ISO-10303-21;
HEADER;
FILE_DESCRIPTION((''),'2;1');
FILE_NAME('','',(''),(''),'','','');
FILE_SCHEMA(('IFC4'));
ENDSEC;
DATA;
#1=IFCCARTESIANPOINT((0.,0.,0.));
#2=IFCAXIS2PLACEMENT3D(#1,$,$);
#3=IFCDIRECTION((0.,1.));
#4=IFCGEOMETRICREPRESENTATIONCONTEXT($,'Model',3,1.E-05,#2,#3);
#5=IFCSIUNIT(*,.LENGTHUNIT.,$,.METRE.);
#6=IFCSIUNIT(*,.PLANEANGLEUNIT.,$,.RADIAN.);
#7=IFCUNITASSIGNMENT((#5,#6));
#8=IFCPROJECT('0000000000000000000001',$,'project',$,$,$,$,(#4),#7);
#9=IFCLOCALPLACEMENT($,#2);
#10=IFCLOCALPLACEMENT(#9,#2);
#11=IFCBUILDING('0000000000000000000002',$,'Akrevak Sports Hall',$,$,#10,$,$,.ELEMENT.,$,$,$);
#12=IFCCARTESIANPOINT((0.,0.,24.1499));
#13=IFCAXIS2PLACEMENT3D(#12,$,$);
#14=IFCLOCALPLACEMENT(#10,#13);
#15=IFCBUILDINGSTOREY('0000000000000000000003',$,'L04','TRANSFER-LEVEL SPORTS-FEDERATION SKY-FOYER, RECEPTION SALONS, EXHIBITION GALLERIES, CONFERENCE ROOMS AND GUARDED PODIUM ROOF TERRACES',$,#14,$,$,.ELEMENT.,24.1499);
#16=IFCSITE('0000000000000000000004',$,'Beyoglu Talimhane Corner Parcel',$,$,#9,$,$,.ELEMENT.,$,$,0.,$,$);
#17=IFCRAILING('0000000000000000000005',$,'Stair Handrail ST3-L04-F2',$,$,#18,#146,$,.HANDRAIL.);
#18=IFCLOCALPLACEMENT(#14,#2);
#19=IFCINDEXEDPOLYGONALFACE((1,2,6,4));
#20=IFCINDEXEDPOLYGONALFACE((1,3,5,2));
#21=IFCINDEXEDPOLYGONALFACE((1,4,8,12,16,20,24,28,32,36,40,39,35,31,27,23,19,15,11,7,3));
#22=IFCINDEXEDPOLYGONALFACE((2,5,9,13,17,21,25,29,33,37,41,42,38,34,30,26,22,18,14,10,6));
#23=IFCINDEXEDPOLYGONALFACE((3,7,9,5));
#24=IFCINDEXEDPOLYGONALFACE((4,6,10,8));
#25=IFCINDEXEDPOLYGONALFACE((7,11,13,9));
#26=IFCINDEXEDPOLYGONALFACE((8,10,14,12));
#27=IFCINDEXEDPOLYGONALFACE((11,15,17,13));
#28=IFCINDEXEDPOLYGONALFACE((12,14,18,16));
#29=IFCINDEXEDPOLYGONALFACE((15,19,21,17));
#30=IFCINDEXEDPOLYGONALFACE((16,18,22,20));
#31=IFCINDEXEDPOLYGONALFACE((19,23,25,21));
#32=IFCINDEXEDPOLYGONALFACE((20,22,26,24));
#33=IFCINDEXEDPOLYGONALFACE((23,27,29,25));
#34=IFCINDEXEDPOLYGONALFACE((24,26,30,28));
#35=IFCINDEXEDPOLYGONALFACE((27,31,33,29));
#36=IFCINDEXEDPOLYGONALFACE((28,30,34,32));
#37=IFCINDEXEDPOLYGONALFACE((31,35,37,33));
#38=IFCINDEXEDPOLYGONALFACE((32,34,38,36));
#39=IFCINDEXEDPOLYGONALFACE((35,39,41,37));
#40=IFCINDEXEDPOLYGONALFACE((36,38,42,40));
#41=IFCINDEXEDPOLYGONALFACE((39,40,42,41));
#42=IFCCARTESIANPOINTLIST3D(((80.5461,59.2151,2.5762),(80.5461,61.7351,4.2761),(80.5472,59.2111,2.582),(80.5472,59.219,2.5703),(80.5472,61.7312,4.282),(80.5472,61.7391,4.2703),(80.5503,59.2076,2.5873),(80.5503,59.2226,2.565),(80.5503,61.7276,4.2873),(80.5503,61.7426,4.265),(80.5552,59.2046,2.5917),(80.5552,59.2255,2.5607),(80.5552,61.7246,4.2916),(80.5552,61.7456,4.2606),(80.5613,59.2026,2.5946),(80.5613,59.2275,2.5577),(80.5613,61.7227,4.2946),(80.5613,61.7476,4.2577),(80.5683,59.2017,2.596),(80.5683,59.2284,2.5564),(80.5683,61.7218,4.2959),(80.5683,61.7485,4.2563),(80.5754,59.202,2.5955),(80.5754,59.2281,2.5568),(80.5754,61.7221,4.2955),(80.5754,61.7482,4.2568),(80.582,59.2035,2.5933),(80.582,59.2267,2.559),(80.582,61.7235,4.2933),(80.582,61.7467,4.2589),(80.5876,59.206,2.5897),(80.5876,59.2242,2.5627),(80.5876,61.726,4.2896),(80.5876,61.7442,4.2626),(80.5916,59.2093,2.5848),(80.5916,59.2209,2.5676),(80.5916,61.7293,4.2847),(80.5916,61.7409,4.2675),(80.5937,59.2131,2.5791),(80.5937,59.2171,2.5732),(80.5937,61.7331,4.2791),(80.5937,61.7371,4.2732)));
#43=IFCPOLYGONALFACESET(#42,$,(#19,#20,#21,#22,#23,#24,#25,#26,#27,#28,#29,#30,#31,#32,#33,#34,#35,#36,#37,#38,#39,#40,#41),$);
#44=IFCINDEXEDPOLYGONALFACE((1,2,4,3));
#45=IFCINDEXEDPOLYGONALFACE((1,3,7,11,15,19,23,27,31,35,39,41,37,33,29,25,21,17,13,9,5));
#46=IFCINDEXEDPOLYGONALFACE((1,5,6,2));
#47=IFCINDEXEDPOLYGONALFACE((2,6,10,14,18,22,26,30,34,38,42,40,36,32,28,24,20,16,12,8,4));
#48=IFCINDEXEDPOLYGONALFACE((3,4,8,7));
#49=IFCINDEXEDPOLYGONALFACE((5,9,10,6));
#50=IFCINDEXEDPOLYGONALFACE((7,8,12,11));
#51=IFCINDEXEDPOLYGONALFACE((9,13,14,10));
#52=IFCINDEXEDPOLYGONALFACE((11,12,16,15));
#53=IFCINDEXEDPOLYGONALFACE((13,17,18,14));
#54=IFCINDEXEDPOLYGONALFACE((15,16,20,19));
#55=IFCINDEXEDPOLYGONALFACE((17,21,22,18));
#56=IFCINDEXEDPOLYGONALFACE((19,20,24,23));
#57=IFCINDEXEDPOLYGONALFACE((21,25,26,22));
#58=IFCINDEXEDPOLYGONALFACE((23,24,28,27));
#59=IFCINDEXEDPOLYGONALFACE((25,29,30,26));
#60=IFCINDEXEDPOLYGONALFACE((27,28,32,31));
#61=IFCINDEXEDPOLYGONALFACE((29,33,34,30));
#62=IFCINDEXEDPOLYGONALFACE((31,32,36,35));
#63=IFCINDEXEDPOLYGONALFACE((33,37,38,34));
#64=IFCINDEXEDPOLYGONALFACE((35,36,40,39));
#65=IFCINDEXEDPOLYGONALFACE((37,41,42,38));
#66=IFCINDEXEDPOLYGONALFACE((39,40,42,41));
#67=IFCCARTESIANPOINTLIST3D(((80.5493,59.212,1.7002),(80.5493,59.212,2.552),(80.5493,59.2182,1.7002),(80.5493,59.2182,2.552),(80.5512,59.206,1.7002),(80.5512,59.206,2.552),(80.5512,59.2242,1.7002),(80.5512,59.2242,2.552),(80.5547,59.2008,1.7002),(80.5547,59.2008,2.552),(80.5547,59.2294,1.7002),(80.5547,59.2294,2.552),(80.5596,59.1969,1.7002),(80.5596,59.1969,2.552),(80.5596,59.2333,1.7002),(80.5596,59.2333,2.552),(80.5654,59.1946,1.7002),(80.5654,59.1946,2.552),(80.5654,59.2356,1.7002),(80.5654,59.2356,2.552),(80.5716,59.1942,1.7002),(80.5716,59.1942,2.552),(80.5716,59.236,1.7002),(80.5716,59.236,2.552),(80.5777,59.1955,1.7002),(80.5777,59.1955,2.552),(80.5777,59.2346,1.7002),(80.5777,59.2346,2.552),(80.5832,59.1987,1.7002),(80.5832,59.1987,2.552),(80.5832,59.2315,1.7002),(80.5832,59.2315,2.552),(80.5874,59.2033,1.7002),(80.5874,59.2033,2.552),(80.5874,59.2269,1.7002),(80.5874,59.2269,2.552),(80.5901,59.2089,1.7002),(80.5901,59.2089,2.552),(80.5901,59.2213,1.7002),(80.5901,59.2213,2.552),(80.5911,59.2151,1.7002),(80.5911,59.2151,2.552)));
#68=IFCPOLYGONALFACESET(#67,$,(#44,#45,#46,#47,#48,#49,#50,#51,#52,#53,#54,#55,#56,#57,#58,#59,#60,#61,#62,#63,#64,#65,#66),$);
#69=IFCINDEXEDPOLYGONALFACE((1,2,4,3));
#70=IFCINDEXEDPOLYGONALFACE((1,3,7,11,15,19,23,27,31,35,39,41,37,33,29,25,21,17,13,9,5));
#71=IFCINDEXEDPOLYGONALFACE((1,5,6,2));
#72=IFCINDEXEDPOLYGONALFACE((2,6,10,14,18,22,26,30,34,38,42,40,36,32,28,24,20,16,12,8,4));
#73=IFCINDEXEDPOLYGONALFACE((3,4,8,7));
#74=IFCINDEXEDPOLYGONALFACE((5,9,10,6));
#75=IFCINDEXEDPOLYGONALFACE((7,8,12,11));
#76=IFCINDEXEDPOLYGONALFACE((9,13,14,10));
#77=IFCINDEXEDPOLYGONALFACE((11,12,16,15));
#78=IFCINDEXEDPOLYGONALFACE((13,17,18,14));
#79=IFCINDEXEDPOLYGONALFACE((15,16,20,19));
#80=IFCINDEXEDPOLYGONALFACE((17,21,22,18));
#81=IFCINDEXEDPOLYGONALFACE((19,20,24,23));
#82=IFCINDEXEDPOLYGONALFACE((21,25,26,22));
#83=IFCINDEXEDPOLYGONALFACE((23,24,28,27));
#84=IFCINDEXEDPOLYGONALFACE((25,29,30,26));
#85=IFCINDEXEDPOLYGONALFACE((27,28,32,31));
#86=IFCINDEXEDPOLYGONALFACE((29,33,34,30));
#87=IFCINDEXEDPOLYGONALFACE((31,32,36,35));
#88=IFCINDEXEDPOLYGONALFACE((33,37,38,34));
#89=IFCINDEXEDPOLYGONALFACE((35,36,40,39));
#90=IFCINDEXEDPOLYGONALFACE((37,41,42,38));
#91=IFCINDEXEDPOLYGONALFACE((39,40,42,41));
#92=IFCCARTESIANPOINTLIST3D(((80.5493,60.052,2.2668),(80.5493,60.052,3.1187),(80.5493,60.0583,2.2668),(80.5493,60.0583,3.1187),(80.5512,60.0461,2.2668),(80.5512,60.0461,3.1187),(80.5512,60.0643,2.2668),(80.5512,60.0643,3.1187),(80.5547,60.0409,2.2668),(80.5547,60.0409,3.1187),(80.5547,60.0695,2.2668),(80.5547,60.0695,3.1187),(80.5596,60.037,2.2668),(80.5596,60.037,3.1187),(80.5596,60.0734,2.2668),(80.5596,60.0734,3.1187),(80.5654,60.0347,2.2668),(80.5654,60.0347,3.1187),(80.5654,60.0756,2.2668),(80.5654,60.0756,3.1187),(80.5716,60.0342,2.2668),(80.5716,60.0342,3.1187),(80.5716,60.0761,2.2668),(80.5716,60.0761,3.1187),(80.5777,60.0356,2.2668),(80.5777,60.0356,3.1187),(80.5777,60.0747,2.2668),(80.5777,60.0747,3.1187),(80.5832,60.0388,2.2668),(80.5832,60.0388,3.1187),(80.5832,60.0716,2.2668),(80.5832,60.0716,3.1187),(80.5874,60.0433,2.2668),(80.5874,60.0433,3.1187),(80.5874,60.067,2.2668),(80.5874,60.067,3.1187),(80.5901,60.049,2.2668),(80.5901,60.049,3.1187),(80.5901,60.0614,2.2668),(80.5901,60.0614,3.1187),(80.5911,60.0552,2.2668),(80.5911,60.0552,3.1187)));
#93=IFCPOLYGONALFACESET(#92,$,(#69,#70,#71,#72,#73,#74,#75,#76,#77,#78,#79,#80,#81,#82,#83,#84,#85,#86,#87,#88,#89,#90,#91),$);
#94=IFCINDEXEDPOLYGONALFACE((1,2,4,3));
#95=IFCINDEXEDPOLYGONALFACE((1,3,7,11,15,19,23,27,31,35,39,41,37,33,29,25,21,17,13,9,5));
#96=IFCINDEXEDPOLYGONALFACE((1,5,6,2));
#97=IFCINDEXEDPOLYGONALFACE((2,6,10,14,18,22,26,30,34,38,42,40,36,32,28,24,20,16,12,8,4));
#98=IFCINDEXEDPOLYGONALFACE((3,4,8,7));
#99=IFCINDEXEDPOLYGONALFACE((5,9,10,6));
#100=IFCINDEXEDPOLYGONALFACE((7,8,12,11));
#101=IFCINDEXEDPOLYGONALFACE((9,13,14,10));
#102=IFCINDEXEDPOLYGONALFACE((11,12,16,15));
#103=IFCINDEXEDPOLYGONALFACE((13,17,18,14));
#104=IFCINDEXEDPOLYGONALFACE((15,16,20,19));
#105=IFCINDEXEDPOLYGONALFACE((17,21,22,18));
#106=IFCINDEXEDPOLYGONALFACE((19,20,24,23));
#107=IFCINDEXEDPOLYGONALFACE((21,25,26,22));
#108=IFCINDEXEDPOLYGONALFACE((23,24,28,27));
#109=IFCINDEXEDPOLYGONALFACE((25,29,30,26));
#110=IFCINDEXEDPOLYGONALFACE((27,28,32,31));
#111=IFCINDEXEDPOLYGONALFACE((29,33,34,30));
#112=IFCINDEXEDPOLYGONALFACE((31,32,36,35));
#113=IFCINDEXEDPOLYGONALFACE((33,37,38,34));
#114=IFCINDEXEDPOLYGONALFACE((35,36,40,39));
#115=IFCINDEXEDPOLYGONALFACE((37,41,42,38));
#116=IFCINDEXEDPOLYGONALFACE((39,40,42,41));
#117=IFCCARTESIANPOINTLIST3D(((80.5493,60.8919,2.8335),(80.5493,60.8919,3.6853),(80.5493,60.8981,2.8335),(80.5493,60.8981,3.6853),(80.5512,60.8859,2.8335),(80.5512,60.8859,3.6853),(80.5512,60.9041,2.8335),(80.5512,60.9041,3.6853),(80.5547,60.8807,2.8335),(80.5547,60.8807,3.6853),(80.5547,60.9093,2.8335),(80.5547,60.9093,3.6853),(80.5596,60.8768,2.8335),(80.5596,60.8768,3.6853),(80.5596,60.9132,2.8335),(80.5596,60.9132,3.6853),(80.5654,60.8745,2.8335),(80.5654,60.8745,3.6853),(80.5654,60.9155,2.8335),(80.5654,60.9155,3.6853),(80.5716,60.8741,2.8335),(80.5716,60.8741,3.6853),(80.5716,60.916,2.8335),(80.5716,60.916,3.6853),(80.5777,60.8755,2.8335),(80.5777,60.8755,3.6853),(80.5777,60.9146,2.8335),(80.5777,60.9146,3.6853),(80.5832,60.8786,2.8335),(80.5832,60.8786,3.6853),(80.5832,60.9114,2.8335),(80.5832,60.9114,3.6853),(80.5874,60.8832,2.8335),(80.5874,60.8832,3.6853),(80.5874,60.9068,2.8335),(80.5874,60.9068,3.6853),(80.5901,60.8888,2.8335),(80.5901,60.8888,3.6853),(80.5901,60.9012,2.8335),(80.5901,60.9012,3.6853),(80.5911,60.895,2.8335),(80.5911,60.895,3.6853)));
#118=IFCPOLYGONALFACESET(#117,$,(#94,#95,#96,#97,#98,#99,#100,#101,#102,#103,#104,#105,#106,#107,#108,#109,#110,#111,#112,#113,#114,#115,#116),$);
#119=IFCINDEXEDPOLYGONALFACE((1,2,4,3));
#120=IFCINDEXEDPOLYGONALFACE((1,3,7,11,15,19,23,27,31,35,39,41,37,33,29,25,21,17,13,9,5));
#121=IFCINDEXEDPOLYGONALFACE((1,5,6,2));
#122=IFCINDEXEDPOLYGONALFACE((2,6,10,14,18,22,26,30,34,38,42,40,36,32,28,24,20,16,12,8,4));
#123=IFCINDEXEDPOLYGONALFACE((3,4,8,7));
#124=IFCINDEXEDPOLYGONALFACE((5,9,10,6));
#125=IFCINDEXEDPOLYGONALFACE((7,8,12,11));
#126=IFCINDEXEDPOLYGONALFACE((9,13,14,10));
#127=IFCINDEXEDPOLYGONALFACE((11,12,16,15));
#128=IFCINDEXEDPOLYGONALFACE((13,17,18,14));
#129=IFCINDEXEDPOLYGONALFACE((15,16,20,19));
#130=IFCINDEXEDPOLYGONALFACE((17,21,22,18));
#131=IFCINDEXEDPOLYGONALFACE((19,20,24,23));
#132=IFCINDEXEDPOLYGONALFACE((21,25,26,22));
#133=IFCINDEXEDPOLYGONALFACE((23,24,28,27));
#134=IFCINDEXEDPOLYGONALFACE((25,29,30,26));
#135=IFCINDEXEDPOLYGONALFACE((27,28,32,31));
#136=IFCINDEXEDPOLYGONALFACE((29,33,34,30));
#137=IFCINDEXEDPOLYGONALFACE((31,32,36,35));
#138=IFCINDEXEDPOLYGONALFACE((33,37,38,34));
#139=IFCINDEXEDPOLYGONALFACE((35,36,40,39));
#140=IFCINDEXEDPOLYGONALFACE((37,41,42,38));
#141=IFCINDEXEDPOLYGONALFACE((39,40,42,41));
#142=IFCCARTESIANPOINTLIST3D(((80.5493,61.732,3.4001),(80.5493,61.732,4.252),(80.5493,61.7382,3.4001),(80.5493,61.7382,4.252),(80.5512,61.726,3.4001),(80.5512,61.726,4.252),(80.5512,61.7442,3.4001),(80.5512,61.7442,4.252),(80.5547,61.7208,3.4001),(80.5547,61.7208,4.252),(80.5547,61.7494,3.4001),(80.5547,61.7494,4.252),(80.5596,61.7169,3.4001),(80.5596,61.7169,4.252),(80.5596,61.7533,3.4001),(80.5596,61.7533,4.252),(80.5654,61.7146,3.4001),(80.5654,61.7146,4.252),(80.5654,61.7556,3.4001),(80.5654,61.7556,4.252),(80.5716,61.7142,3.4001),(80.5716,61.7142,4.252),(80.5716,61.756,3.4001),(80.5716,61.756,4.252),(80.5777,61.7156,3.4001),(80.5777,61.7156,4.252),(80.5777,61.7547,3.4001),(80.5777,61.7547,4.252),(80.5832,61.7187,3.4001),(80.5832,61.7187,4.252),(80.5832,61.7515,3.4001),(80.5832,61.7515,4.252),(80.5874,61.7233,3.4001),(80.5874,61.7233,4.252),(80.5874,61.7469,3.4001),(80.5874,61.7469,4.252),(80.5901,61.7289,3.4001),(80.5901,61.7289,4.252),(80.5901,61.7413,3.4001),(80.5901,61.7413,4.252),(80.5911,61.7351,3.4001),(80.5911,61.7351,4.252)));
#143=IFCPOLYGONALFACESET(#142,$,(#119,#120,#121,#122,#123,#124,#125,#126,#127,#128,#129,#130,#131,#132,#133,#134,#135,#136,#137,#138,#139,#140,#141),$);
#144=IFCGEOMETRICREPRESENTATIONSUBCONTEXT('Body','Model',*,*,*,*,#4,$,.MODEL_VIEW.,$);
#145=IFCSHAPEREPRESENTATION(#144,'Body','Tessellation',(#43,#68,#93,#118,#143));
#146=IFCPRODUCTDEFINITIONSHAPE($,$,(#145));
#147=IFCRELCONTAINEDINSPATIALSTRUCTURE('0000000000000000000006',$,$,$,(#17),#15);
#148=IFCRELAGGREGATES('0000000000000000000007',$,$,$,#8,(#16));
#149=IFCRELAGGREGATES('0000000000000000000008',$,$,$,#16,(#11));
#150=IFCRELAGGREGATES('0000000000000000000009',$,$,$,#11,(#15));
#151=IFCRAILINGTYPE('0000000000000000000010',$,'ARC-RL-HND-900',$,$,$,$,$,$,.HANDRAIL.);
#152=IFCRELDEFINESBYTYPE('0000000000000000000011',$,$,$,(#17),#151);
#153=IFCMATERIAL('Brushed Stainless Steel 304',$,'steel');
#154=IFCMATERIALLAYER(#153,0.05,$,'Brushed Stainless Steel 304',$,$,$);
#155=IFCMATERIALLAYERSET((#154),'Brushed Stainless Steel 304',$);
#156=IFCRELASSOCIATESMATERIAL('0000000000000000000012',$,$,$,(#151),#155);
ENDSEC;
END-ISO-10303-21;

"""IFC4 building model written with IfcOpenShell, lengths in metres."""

from ifc_helpers import new_model, si_unit, direction, frame, origin, origin_2d, place, context, subcontext, project, spatial, circle, extrude, material, layer, layer_set, type_object, element, save


model = new_model("IFC4")

# Units and contexts
model_context = context("Model", 3, precision=1e-05, world=origin(), true_north=direction((0.0, 1.0)))
body_context = subcontext(model_context, "Body", "Model", "MODEL_VIEW")
ifc_project = project(units=[si_unit("LENGTHUNIT", "METRE"), si_unit("PLANEANGLEUNIT", "RADIAN")], contexts=[model_context])

# Site, building, storey
site_placement = place(None, origin())
site = spatial("IfcSite", under=ifc_project, at=site_placement, Name="Beyoglu Talimhane Corner Parcel", CompositionType="ELEMENT", RefElevation=0.0)
building_placement = place(site_placement, origin())
building = spatial("IfcBuilding", under=site, at=building_placement, Name="Akrevak Sports Hall", CompositionType="ELEMENT")
storey_placement = place(building_placement, frame((0.0, 0.0, 24.1499)))
storey = spatial("IfcBuildingStorey", under=building, at=storey_placement, Name="L04", Description="TRANSFER-LEVEL SPORTS-FEDERATION SKY-FOYER, RECEPTION SALONS, EXHIBITION GALLERIES, CONFERENCE ROOMS AND GUARDED PODIUM ROOF TERRACES", CompositionType="ELEMENT", Elevation=24.1499)

# Railing
ifc_material_1 = material(Name="Brushed Stainless Steel 304", Category="steel")
ifc_layer_1 = layer(ifc_material_1, 0.05, Name="Brushed Stainless Steel 304")
ifc_layer_set_1 = layer_set([ifc_layer_1], Name="Brushed Stainless Steel 304")
railing_type_1 = type_object("IfcRailingType", Name="ARC-RL-HND-900", PredefinedType="HANDRAIL", material=ifc_layer_set_1)
railing_1_placement = place(storey_placement, frame((80.5701, 59.2151, 1.7002)))
element("IfcRailing", 1, at=railing_1_placement, inside=storey, type_object=railing_type_1, Name="Stair Handrail ST3-L04-F2", PredefinedType="HANDRAIL", context=body_context, shape_type="SweptSolid", body=[
    extrude(circle(Radius=0.0239, at=origin_2d()), frame((0.0, 0.0, 0.876), z_axis=(0.0, 0.829011, 0.559233), x_axis=(-1.0, 0.0, 0.0)), (0.0, 0.0, 1.0), 3.0398),
    extrude(circle(Radius=0.021, at=origin_2d()), origin(), (0.0, 0.0, 1.0), 0.8518),
    extrude(circle(Radius=0.021, at=origin_2d()), frame((0.0, 0.8401, 0.5667)), (0.0, 0.0, 1.0), 0.8518),
    extrude(circle(Radius=0.021, at=origin_2d()), frame((0.0, 1.6799, 1.1333)), (0.0, 0.0, 1.0), 0.8518),
    extrude(circle(Radius=0.021, at=origin_2d()), frame((0.0, 2.52, 1.7)), (0.0, 0.0, 1.0), 0.8518),
])

save(model, "model.ifc")
